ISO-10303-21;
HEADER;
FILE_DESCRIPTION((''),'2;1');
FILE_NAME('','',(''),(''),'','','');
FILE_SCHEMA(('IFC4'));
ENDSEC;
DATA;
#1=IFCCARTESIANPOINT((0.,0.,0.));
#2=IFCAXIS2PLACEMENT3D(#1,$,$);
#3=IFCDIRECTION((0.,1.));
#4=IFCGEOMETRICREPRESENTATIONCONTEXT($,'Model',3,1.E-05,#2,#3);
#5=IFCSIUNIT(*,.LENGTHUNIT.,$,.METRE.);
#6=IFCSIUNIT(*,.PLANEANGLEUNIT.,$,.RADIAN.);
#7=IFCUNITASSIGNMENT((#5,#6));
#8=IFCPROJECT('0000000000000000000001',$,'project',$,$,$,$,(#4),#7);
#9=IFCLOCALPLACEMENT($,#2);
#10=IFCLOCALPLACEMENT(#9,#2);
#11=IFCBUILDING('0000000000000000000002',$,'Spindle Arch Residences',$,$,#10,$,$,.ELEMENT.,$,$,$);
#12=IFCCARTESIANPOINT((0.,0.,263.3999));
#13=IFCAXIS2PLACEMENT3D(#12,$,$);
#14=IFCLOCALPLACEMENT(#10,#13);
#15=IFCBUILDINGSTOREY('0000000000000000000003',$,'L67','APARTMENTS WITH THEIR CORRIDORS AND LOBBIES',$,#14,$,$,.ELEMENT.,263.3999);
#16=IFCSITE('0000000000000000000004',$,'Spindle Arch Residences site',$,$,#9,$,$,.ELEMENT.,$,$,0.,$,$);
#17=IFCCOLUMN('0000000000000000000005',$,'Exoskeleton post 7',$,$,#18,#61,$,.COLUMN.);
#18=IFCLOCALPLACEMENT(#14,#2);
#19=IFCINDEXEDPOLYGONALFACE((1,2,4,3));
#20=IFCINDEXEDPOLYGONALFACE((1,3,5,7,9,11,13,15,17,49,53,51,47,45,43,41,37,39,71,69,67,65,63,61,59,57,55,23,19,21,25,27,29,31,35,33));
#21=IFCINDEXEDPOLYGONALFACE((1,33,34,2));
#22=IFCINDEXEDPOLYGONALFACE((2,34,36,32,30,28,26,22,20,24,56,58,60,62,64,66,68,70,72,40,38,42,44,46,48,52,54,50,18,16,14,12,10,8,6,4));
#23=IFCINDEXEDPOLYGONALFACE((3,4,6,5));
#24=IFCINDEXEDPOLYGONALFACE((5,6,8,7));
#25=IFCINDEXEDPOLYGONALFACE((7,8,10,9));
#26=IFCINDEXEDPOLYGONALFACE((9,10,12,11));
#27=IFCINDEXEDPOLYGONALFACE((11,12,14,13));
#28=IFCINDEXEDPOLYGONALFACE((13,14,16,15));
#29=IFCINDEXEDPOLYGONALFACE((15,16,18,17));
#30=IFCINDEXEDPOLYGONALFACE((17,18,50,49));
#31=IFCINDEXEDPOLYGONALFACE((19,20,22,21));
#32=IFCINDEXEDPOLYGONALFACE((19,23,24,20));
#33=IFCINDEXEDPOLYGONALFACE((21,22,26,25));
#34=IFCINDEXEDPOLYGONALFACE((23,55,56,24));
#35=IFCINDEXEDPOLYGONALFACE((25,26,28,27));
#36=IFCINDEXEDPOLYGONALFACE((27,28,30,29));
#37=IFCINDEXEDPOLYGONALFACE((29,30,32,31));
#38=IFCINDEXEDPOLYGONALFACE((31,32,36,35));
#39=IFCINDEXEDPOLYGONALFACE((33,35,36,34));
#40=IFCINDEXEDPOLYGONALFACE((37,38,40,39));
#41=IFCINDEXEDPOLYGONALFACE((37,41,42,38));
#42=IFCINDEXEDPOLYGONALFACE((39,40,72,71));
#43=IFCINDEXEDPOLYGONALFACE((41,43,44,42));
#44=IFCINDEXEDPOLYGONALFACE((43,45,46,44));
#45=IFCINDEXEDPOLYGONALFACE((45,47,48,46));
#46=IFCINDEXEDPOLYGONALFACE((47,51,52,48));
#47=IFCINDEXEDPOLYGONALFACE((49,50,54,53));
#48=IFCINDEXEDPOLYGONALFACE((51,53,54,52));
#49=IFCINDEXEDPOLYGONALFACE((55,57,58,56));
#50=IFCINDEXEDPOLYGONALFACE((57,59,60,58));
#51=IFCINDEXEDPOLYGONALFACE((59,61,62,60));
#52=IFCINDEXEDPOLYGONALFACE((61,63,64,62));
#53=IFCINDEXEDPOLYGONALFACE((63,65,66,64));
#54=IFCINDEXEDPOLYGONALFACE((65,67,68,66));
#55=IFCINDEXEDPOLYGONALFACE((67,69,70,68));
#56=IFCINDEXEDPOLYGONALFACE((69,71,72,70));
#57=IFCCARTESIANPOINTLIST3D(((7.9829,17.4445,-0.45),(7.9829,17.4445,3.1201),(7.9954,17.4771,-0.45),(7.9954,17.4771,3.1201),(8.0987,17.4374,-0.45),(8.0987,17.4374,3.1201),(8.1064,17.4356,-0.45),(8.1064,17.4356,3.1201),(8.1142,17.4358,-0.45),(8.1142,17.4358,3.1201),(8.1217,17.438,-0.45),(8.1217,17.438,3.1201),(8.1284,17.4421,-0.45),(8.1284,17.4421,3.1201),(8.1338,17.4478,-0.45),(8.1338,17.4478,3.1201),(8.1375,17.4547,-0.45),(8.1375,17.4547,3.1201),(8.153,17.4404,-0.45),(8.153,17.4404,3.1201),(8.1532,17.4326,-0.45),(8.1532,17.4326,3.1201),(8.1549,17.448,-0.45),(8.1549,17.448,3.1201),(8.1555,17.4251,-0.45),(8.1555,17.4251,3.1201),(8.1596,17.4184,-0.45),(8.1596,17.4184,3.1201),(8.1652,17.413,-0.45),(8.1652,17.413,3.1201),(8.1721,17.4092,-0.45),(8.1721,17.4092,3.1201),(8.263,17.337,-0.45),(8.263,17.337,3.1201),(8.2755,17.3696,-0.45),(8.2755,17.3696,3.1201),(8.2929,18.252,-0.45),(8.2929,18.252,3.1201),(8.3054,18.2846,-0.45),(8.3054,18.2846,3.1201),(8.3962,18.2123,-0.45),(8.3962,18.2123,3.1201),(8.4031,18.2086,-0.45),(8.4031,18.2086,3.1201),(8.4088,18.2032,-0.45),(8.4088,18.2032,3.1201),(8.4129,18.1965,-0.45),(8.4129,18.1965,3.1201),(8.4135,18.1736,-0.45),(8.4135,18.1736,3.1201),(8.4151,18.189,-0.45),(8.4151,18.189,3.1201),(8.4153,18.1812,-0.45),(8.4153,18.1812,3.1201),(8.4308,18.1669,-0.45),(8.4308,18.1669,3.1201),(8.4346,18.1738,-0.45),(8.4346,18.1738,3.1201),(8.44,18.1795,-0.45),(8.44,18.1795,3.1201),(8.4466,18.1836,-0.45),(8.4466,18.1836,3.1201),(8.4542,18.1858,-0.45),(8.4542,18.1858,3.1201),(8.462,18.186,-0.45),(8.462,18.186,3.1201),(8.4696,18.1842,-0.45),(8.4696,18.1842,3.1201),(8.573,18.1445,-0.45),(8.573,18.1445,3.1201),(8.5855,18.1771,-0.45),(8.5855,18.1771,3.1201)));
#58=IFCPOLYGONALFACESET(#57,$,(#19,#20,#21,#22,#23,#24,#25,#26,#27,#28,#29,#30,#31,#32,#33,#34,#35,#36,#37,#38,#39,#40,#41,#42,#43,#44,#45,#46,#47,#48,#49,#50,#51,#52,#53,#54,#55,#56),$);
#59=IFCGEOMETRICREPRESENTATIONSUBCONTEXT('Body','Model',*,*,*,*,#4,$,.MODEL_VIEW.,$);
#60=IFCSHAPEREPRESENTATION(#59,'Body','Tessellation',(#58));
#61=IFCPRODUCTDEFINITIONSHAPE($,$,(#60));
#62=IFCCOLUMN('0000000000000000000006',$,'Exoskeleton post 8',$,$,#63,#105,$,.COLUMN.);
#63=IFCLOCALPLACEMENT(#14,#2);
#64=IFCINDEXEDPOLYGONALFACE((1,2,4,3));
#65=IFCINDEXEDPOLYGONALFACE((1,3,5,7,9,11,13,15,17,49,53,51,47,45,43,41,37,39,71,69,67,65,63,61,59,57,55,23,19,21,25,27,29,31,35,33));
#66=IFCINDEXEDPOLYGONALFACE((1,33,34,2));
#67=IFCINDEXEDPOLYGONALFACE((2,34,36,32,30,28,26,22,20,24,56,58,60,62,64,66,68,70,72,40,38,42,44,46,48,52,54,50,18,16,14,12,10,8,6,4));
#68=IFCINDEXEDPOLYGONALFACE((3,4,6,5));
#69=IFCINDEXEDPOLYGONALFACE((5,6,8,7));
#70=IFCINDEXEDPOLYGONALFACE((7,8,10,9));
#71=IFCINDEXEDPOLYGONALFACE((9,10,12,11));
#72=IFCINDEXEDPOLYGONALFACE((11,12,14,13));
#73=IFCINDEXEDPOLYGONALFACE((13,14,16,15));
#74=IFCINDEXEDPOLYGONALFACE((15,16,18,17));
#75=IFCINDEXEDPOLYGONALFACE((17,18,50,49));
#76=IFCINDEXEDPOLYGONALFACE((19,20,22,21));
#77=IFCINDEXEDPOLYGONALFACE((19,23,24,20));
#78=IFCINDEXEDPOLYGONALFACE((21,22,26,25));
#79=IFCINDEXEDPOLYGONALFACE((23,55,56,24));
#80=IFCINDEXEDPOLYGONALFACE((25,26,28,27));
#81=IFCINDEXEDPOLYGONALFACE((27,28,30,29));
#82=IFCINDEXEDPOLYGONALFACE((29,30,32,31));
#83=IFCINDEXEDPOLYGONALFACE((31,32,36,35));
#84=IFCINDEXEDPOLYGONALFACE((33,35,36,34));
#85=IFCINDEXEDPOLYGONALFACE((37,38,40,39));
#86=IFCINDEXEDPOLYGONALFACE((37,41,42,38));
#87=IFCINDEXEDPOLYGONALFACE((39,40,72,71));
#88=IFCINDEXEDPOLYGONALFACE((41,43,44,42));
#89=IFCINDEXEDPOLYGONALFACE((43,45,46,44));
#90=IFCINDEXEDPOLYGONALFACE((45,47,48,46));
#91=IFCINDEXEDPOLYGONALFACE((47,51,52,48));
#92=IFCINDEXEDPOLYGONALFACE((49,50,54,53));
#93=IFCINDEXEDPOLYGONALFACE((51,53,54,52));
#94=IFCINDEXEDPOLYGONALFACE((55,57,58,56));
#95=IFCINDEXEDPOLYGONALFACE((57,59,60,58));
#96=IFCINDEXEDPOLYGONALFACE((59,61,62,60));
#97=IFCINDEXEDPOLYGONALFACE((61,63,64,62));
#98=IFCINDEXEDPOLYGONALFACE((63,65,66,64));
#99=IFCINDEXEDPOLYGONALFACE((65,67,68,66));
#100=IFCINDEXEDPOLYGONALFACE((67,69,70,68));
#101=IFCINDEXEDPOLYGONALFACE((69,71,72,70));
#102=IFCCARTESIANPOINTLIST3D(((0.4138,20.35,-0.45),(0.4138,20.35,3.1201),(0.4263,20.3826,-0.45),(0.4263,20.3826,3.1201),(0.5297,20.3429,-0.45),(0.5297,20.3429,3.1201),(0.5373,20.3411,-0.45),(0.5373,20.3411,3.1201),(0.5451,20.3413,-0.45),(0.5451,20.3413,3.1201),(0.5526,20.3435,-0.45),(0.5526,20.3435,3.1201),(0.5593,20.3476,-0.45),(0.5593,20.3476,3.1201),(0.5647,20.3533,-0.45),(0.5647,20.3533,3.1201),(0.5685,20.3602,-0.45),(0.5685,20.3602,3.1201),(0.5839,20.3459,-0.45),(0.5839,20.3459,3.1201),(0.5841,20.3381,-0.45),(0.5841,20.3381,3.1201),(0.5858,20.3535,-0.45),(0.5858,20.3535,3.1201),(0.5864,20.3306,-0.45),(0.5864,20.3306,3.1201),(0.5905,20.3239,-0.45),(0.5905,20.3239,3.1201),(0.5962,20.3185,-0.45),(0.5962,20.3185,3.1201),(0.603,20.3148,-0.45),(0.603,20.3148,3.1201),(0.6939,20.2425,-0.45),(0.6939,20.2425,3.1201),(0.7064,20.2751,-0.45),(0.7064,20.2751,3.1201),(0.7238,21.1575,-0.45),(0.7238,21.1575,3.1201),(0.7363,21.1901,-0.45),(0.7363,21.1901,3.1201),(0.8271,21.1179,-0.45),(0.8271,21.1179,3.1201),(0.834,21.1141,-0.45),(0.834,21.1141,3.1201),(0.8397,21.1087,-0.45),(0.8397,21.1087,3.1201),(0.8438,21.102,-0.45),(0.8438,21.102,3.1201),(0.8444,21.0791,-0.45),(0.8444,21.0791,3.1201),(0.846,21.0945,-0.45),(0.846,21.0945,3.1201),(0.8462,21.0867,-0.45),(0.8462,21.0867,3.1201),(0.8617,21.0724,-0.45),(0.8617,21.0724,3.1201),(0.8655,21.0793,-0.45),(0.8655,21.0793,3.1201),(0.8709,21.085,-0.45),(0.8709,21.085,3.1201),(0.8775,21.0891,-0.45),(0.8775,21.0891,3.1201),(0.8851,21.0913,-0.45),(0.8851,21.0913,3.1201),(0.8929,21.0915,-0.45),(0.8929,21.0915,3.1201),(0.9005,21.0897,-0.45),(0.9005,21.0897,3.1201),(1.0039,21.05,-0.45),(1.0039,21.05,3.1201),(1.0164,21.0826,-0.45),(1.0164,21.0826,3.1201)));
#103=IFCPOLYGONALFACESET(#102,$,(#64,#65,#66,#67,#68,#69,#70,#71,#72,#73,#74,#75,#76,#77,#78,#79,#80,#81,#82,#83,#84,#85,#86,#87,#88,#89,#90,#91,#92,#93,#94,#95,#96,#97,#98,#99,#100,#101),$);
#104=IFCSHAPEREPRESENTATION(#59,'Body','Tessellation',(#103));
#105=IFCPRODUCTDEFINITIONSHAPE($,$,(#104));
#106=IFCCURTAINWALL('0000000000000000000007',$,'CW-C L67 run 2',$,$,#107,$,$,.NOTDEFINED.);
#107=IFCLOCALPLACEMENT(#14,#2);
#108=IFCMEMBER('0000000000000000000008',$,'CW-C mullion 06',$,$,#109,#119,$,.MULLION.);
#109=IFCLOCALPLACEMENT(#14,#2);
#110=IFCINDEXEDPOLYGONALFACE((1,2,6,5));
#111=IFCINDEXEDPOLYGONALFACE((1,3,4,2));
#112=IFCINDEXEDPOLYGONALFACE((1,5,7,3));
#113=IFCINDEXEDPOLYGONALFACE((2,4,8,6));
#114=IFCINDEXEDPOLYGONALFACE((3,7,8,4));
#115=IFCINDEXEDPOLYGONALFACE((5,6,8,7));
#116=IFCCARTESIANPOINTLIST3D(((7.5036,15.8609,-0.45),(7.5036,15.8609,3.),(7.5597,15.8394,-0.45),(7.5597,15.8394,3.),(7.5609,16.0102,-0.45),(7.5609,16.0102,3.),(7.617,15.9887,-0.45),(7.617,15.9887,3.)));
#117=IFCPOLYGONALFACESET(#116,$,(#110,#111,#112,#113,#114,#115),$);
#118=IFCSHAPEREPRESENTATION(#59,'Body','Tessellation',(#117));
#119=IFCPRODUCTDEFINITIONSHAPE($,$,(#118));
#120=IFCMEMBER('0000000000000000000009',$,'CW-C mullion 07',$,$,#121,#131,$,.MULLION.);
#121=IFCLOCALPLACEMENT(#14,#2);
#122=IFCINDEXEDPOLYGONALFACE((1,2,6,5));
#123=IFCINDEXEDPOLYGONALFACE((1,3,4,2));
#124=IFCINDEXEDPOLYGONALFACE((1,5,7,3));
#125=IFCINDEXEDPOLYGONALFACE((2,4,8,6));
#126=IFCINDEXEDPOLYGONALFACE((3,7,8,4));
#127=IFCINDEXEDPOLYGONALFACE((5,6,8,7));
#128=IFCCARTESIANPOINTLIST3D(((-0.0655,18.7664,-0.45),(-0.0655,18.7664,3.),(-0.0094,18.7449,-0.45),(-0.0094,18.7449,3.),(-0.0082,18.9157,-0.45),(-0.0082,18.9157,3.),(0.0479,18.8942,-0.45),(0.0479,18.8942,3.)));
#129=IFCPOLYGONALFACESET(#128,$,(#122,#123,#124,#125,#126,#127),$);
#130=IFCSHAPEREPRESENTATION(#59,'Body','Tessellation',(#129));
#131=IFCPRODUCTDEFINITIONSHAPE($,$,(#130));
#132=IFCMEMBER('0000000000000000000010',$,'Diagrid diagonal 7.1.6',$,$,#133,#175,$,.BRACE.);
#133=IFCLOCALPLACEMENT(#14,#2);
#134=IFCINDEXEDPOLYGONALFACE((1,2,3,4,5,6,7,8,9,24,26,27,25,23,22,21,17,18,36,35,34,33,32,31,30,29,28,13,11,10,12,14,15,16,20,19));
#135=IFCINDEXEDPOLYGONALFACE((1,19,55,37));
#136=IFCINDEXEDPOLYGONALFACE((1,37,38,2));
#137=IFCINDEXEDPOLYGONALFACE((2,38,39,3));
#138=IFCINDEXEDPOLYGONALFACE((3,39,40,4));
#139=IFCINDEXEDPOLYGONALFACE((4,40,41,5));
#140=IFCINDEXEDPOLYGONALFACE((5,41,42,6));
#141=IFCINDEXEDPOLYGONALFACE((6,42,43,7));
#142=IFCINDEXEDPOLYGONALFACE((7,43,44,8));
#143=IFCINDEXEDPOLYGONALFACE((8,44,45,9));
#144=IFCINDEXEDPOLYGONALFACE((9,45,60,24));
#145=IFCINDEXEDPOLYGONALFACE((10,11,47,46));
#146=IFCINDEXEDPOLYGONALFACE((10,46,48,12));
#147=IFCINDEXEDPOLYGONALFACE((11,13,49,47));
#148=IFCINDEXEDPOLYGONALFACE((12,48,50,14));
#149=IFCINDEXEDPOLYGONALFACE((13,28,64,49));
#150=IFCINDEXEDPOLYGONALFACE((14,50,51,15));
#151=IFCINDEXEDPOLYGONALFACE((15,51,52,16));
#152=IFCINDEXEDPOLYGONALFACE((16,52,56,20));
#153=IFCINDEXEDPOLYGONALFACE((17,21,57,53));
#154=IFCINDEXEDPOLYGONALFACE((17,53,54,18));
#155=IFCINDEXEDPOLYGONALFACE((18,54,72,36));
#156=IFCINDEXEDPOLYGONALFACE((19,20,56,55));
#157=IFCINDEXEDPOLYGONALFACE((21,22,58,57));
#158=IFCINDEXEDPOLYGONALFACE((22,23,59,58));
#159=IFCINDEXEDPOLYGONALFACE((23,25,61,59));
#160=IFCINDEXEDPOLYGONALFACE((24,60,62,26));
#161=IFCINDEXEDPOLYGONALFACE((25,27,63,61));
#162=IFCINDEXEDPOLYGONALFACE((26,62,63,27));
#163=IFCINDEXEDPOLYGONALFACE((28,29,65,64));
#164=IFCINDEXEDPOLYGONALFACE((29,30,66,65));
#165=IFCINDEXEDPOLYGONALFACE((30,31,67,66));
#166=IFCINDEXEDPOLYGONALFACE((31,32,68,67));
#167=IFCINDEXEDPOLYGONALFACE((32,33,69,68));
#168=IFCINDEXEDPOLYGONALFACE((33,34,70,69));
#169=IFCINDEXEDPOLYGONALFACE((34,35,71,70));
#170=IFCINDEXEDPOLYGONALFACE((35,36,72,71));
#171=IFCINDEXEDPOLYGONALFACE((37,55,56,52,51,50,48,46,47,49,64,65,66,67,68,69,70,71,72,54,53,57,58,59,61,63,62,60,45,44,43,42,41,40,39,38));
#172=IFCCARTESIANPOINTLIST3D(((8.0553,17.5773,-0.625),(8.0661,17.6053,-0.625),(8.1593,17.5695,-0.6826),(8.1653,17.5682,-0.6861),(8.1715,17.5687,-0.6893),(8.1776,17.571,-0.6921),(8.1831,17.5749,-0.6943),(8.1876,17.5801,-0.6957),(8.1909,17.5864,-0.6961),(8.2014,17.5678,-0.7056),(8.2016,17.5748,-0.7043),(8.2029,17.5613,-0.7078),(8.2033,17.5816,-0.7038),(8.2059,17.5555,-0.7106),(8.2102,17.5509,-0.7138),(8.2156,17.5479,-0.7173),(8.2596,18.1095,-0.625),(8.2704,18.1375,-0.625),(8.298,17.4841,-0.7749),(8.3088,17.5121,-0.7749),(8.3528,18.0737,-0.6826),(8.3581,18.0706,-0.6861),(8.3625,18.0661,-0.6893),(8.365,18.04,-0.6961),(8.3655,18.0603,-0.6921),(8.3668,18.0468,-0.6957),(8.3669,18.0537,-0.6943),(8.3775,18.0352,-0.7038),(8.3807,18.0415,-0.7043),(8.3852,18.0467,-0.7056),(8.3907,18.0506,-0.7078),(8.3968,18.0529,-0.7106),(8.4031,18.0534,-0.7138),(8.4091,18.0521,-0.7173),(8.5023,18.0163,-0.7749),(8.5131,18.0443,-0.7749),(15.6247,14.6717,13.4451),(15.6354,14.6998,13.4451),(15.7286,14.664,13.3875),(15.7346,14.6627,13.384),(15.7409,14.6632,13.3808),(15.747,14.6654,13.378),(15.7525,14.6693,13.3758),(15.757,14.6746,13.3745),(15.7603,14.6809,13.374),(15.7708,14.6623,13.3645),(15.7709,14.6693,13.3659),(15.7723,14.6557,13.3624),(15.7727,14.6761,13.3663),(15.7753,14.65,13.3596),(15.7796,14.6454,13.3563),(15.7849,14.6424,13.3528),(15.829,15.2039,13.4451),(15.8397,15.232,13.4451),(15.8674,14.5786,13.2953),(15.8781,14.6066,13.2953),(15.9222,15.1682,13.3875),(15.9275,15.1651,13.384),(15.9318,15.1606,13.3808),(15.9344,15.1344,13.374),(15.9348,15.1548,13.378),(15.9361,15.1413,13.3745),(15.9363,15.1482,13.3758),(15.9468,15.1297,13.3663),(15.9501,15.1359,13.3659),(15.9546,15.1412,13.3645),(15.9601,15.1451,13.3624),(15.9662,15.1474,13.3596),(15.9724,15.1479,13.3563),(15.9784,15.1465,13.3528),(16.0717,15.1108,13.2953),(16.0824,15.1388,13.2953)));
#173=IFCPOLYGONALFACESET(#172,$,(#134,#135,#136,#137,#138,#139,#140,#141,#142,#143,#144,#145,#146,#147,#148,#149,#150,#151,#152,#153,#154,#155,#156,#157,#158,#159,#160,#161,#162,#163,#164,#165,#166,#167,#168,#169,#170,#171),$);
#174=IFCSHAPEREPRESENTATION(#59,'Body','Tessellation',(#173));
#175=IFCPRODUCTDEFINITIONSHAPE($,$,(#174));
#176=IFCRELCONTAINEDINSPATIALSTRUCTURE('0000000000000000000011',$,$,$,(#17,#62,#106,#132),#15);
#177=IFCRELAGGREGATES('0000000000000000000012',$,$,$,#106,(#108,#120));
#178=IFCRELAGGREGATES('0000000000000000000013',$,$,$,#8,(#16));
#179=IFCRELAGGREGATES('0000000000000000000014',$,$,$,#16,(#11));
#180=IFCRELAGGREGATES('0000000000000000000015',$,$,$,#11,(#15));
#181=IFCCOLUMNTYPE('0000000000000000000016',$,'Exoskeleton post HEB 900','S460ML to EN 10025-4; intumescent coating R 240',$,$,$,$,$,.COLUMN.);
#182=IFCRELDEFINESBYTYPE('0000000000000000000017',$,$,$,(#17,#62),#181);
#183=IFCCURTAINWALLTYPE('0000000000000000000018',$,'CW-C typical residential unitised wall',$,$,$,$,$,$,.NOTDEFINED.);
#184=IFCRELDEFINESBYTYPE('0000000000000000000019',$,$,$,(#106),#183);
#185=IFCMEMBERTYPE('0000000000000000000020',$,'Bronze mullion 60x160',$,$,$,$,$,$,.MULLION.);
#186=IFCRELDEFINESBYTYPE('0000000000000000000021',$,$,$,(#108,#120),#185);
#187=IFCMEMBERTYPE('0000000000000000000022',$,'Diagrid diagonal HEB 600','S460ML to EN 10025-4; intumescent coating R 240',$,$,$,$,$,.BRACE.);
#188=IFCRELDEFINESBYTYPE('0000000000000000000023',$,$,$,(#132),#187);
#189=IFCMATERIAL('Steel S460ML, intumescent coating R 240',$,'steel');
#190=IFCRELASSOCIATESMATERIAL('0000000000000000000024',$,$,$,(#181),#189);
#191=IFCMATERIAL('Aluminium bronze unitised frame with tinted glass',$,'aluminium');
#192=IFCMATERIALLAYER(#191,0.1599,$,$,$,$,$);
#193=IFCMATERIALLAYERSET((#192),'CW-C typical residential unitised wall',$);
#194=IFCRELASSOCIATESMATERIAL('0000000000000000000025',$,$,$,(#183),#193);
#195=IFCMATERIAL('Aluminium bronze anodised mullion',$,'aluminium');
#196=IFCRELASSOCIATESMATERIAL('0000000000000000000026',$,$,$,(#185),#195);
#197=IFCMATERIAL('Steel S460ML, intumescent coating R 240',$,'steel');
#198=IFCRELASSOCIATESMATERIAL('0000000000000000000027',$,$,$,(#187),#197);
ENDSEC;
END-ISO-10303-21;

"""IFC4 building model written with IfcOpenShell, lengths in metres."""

from ifc_helpers import new_model, si_unit, direction, frame, origin, origin_2d, place, context, subcontext, project, spatial, rectangle, i_section, extrude, material, layer, layer_set, material_profile, profile_set, type_object, element, aggregate, save


model = new_model("IFC4")

# Units and contexts
model_context = context("Model", 3, precision=1e-05, world=origin(), true_north=direction((0.0, 1.0)))
body_context = subcontext(model_context, "Body", "Model", "MODEL_VIEW")
ifc_project = project(units=[si_unit("LENGTHUNIT", "METRE"), si_unit("PLANEANGLEUNIT", "RADIAN")], contexts=[model_context])

# Site, building, storey
site_placement = place(None, origin())
site = spatial("IfcSite", under=ifc_project, at=site_placement, Name="Spindle Arch Residences site", CompositionType="ELEMENT", RefElevation=0.0)
building_placement = place(site_placement, origin())
building = spatial("IfcBuilding", under=site, at=building_placement, Name="Spindle Arch Residences", CompositionType="ELEMENT")
storey_placement = place(building_placement, frame((0.0, 0.0, 263.3999)))
storey = spatial("IfcBuildingStorey", under=building, at=storey_placement, Name="L67", Description="APARTMENTS WITH THEIR CORRIDORS AND LOBBIES", CompositionType="ELEMENT", Elevation=263.3999)

# Columns
ifc_material_1 = material(Name="Steel S460ML, intumescent coating R 240", Category="steel")
ifc_material_profile_1 = material_profile(ifc_material_1, i_section(OverallWidth=0.3, OverallDepth=0.8999, WebThickness=0.0186, FlangeThickness=0.0349, FilletRadius=0.03, at=origin_2d()), Name="HEB 900")
ifc_profile_set_1 = profile_set([ifc_material_profile_1], Name="Steel S460ML, intumescent coating R 240")
column_type = type_object("IfcColumnType", Name="Exoskeleton post HEB 900", Description="S460ML to EN 10025-4; intumescent coating R 240", PredefinedType="COLUMN", material=ifc_profile_set_1)
for number, where, z_axis, x_axis, name in (
    (1, (8.2842, 17.8108, -0.45), (0.0, 0.0, 1.0), (0.93358, -0.358368, 0.0), "Exoskeleton post 7"),
    (2, (0.7151, 20.7163, -0.45), (0.0, 0.0, 1.0), (0.93358, -0.358368, 0.0), "Exoskeleton post 8"),
):
    element("IfcColumn", number, at=place(storey_placement, frame(where, z_axis=z_axis, x_axis=x_axis)), inside=storey, type_object=column_type, Name=name, PredefinedType="COLUMN", context=body_context, shape_type="SweptSolid", body=[
        extrude(i_section(OverallWidth=0.3, OverallDepth=0.8999, WebThickness=0.0186, FlangeThickness=0.0349, FilletRadius=0.03, at=origin_2d()), origin(), (0.0, 0.0, 1.0), 3.5701),
    ])

# Curtain wall, members
ifc_material_2 = material(Name="Aluminium bronze unitised frame with tinted glass", Category="aluminium")
ifc_layer_1 = layer(ifc_material_2, 0.1599)
ifc_layer_set_1 = layer_set([ifc_layer_1], Name="CW-C typical residential unitised wall")
curtain_wall_type = type_object("IfcCurtainWallType", Name="CW-C typical residential unitised wall", PredefinedType="NOTDEFINED", material=ifc_layer_set_1)
curtain_wall_placement = place(storey_placement, origin())
curtain_wall = element("IfcCurtainWall", 3, at=curtain_wall_placement, inside=storey, type_object=curtain_wall_type, Name="CW-C L67 run 2", PredefinedType="NOTDEFINED")
ifc_material_3 = material(Name="Aluminium bronze anodised mullion", Category="aluminium")
ifc_material_profile_2 = material_profile(ifc_material_3, rectangle(XDim=0.1599, YDim=0.0601, at=origin_2d()), Name="MU 60x160")
ifc_profile_set_2 = profile_set([ifc_material_profile_2], Name="Aluminium bronze anodised mullion")
member_type_1 = type_object("IfcMemberType", Name="Bronze mullion 60x160", PredefinedType="MULLION", material=ifc_profile_set_2)
member_1_placement = place(storey_placement, frame((7.5603, 15.9248, -0.45), z_axis=(0.0, 0.0, 1.0), x_axis=(-0.358368, -0.93358, 0.0)))
member_1 = element("IfcMember", 4, at=member_1_placement, type_object=member_type_1, Name="CW-C mullion 06", PredefinedType="MULLION", context=body_context, shape_type="SweptSolid", body=[
    extrude(rectangle(XDim=0.1599, YDim=0.0601, at=origin_2d()), origin(), (0.0, 0.0, 1.0), 3.45),
])
member_2_placement = place(storey_placement, frame((-0.0088, 18.8303, -0.45), z_axis=(0.0, 0.0, 1.0), x_axis=(-0.358368, -0.93358, 0.0)))
member_2 = element("IfcMember", 5, at=member_2_placement, type_object=member_type_1, Name="CW-C mullion 07", PredefinedType="MULLION", context=body_context, shape_type="SweptSolid", body=[
    extrude(rectangle(XDim=0.1599, YDim=0.0601, at=origin_2d()), origin(), (0.0, 0.0, 1.0), 3.45),
])

# Member
ifc_material_4 = material(Name="Steel S460ML, intumescent coating R 240", Category="steel")
ifc_material_profile_3 = material_profile(ifc_material_4, i_section(OverallWidth=0.3, OverallDepth=0.6001, WebThickness=0.0154, FlangeThickness=0.03, FilletRadius=0.0271, at=origin_2d()), Name="HEB 600")
ifc_profile_set_3 = profile_set([ifc_material_profile_3], Name="Steel S460ML, intumescent coating R 240")
member_type_2 = type_object("IfcMemberType", Name="Diagrid diagonal HEB 600", Description="S460ML to EN 10025-4; intumescent coating R 240", PredefinedType="BRACE", material=ifc_profile_set_3)
member_3_placement = place(storey_placement, frame((8.2842, 17.8108, -0.7), z_axis=(0.466122, -0.178923, 0.866439), x_axis=(-0.808893, 0.310497, 0.499283)))
element("IfcMember", 6, at=member_3_placement, inside=storey, type_object=member_type_2, Name="Diagrid diagonal 7.1.6", PredefinedType="BRACE", context=body_context, shape_type="SweptSolid", body=[
    extrude(i_section(OverallWidth=0.3, OverallDepth=0.6001, WebThickness=0.0154, FlangeThickness=0.03, FilletRadius=0.0271, at=origin_2d()), origin(), (0.0, 0.0, 1.0), 16.239),
])

aggregate(curtain_wall, [member_1, member_2])

save(model, "model.ifc")
